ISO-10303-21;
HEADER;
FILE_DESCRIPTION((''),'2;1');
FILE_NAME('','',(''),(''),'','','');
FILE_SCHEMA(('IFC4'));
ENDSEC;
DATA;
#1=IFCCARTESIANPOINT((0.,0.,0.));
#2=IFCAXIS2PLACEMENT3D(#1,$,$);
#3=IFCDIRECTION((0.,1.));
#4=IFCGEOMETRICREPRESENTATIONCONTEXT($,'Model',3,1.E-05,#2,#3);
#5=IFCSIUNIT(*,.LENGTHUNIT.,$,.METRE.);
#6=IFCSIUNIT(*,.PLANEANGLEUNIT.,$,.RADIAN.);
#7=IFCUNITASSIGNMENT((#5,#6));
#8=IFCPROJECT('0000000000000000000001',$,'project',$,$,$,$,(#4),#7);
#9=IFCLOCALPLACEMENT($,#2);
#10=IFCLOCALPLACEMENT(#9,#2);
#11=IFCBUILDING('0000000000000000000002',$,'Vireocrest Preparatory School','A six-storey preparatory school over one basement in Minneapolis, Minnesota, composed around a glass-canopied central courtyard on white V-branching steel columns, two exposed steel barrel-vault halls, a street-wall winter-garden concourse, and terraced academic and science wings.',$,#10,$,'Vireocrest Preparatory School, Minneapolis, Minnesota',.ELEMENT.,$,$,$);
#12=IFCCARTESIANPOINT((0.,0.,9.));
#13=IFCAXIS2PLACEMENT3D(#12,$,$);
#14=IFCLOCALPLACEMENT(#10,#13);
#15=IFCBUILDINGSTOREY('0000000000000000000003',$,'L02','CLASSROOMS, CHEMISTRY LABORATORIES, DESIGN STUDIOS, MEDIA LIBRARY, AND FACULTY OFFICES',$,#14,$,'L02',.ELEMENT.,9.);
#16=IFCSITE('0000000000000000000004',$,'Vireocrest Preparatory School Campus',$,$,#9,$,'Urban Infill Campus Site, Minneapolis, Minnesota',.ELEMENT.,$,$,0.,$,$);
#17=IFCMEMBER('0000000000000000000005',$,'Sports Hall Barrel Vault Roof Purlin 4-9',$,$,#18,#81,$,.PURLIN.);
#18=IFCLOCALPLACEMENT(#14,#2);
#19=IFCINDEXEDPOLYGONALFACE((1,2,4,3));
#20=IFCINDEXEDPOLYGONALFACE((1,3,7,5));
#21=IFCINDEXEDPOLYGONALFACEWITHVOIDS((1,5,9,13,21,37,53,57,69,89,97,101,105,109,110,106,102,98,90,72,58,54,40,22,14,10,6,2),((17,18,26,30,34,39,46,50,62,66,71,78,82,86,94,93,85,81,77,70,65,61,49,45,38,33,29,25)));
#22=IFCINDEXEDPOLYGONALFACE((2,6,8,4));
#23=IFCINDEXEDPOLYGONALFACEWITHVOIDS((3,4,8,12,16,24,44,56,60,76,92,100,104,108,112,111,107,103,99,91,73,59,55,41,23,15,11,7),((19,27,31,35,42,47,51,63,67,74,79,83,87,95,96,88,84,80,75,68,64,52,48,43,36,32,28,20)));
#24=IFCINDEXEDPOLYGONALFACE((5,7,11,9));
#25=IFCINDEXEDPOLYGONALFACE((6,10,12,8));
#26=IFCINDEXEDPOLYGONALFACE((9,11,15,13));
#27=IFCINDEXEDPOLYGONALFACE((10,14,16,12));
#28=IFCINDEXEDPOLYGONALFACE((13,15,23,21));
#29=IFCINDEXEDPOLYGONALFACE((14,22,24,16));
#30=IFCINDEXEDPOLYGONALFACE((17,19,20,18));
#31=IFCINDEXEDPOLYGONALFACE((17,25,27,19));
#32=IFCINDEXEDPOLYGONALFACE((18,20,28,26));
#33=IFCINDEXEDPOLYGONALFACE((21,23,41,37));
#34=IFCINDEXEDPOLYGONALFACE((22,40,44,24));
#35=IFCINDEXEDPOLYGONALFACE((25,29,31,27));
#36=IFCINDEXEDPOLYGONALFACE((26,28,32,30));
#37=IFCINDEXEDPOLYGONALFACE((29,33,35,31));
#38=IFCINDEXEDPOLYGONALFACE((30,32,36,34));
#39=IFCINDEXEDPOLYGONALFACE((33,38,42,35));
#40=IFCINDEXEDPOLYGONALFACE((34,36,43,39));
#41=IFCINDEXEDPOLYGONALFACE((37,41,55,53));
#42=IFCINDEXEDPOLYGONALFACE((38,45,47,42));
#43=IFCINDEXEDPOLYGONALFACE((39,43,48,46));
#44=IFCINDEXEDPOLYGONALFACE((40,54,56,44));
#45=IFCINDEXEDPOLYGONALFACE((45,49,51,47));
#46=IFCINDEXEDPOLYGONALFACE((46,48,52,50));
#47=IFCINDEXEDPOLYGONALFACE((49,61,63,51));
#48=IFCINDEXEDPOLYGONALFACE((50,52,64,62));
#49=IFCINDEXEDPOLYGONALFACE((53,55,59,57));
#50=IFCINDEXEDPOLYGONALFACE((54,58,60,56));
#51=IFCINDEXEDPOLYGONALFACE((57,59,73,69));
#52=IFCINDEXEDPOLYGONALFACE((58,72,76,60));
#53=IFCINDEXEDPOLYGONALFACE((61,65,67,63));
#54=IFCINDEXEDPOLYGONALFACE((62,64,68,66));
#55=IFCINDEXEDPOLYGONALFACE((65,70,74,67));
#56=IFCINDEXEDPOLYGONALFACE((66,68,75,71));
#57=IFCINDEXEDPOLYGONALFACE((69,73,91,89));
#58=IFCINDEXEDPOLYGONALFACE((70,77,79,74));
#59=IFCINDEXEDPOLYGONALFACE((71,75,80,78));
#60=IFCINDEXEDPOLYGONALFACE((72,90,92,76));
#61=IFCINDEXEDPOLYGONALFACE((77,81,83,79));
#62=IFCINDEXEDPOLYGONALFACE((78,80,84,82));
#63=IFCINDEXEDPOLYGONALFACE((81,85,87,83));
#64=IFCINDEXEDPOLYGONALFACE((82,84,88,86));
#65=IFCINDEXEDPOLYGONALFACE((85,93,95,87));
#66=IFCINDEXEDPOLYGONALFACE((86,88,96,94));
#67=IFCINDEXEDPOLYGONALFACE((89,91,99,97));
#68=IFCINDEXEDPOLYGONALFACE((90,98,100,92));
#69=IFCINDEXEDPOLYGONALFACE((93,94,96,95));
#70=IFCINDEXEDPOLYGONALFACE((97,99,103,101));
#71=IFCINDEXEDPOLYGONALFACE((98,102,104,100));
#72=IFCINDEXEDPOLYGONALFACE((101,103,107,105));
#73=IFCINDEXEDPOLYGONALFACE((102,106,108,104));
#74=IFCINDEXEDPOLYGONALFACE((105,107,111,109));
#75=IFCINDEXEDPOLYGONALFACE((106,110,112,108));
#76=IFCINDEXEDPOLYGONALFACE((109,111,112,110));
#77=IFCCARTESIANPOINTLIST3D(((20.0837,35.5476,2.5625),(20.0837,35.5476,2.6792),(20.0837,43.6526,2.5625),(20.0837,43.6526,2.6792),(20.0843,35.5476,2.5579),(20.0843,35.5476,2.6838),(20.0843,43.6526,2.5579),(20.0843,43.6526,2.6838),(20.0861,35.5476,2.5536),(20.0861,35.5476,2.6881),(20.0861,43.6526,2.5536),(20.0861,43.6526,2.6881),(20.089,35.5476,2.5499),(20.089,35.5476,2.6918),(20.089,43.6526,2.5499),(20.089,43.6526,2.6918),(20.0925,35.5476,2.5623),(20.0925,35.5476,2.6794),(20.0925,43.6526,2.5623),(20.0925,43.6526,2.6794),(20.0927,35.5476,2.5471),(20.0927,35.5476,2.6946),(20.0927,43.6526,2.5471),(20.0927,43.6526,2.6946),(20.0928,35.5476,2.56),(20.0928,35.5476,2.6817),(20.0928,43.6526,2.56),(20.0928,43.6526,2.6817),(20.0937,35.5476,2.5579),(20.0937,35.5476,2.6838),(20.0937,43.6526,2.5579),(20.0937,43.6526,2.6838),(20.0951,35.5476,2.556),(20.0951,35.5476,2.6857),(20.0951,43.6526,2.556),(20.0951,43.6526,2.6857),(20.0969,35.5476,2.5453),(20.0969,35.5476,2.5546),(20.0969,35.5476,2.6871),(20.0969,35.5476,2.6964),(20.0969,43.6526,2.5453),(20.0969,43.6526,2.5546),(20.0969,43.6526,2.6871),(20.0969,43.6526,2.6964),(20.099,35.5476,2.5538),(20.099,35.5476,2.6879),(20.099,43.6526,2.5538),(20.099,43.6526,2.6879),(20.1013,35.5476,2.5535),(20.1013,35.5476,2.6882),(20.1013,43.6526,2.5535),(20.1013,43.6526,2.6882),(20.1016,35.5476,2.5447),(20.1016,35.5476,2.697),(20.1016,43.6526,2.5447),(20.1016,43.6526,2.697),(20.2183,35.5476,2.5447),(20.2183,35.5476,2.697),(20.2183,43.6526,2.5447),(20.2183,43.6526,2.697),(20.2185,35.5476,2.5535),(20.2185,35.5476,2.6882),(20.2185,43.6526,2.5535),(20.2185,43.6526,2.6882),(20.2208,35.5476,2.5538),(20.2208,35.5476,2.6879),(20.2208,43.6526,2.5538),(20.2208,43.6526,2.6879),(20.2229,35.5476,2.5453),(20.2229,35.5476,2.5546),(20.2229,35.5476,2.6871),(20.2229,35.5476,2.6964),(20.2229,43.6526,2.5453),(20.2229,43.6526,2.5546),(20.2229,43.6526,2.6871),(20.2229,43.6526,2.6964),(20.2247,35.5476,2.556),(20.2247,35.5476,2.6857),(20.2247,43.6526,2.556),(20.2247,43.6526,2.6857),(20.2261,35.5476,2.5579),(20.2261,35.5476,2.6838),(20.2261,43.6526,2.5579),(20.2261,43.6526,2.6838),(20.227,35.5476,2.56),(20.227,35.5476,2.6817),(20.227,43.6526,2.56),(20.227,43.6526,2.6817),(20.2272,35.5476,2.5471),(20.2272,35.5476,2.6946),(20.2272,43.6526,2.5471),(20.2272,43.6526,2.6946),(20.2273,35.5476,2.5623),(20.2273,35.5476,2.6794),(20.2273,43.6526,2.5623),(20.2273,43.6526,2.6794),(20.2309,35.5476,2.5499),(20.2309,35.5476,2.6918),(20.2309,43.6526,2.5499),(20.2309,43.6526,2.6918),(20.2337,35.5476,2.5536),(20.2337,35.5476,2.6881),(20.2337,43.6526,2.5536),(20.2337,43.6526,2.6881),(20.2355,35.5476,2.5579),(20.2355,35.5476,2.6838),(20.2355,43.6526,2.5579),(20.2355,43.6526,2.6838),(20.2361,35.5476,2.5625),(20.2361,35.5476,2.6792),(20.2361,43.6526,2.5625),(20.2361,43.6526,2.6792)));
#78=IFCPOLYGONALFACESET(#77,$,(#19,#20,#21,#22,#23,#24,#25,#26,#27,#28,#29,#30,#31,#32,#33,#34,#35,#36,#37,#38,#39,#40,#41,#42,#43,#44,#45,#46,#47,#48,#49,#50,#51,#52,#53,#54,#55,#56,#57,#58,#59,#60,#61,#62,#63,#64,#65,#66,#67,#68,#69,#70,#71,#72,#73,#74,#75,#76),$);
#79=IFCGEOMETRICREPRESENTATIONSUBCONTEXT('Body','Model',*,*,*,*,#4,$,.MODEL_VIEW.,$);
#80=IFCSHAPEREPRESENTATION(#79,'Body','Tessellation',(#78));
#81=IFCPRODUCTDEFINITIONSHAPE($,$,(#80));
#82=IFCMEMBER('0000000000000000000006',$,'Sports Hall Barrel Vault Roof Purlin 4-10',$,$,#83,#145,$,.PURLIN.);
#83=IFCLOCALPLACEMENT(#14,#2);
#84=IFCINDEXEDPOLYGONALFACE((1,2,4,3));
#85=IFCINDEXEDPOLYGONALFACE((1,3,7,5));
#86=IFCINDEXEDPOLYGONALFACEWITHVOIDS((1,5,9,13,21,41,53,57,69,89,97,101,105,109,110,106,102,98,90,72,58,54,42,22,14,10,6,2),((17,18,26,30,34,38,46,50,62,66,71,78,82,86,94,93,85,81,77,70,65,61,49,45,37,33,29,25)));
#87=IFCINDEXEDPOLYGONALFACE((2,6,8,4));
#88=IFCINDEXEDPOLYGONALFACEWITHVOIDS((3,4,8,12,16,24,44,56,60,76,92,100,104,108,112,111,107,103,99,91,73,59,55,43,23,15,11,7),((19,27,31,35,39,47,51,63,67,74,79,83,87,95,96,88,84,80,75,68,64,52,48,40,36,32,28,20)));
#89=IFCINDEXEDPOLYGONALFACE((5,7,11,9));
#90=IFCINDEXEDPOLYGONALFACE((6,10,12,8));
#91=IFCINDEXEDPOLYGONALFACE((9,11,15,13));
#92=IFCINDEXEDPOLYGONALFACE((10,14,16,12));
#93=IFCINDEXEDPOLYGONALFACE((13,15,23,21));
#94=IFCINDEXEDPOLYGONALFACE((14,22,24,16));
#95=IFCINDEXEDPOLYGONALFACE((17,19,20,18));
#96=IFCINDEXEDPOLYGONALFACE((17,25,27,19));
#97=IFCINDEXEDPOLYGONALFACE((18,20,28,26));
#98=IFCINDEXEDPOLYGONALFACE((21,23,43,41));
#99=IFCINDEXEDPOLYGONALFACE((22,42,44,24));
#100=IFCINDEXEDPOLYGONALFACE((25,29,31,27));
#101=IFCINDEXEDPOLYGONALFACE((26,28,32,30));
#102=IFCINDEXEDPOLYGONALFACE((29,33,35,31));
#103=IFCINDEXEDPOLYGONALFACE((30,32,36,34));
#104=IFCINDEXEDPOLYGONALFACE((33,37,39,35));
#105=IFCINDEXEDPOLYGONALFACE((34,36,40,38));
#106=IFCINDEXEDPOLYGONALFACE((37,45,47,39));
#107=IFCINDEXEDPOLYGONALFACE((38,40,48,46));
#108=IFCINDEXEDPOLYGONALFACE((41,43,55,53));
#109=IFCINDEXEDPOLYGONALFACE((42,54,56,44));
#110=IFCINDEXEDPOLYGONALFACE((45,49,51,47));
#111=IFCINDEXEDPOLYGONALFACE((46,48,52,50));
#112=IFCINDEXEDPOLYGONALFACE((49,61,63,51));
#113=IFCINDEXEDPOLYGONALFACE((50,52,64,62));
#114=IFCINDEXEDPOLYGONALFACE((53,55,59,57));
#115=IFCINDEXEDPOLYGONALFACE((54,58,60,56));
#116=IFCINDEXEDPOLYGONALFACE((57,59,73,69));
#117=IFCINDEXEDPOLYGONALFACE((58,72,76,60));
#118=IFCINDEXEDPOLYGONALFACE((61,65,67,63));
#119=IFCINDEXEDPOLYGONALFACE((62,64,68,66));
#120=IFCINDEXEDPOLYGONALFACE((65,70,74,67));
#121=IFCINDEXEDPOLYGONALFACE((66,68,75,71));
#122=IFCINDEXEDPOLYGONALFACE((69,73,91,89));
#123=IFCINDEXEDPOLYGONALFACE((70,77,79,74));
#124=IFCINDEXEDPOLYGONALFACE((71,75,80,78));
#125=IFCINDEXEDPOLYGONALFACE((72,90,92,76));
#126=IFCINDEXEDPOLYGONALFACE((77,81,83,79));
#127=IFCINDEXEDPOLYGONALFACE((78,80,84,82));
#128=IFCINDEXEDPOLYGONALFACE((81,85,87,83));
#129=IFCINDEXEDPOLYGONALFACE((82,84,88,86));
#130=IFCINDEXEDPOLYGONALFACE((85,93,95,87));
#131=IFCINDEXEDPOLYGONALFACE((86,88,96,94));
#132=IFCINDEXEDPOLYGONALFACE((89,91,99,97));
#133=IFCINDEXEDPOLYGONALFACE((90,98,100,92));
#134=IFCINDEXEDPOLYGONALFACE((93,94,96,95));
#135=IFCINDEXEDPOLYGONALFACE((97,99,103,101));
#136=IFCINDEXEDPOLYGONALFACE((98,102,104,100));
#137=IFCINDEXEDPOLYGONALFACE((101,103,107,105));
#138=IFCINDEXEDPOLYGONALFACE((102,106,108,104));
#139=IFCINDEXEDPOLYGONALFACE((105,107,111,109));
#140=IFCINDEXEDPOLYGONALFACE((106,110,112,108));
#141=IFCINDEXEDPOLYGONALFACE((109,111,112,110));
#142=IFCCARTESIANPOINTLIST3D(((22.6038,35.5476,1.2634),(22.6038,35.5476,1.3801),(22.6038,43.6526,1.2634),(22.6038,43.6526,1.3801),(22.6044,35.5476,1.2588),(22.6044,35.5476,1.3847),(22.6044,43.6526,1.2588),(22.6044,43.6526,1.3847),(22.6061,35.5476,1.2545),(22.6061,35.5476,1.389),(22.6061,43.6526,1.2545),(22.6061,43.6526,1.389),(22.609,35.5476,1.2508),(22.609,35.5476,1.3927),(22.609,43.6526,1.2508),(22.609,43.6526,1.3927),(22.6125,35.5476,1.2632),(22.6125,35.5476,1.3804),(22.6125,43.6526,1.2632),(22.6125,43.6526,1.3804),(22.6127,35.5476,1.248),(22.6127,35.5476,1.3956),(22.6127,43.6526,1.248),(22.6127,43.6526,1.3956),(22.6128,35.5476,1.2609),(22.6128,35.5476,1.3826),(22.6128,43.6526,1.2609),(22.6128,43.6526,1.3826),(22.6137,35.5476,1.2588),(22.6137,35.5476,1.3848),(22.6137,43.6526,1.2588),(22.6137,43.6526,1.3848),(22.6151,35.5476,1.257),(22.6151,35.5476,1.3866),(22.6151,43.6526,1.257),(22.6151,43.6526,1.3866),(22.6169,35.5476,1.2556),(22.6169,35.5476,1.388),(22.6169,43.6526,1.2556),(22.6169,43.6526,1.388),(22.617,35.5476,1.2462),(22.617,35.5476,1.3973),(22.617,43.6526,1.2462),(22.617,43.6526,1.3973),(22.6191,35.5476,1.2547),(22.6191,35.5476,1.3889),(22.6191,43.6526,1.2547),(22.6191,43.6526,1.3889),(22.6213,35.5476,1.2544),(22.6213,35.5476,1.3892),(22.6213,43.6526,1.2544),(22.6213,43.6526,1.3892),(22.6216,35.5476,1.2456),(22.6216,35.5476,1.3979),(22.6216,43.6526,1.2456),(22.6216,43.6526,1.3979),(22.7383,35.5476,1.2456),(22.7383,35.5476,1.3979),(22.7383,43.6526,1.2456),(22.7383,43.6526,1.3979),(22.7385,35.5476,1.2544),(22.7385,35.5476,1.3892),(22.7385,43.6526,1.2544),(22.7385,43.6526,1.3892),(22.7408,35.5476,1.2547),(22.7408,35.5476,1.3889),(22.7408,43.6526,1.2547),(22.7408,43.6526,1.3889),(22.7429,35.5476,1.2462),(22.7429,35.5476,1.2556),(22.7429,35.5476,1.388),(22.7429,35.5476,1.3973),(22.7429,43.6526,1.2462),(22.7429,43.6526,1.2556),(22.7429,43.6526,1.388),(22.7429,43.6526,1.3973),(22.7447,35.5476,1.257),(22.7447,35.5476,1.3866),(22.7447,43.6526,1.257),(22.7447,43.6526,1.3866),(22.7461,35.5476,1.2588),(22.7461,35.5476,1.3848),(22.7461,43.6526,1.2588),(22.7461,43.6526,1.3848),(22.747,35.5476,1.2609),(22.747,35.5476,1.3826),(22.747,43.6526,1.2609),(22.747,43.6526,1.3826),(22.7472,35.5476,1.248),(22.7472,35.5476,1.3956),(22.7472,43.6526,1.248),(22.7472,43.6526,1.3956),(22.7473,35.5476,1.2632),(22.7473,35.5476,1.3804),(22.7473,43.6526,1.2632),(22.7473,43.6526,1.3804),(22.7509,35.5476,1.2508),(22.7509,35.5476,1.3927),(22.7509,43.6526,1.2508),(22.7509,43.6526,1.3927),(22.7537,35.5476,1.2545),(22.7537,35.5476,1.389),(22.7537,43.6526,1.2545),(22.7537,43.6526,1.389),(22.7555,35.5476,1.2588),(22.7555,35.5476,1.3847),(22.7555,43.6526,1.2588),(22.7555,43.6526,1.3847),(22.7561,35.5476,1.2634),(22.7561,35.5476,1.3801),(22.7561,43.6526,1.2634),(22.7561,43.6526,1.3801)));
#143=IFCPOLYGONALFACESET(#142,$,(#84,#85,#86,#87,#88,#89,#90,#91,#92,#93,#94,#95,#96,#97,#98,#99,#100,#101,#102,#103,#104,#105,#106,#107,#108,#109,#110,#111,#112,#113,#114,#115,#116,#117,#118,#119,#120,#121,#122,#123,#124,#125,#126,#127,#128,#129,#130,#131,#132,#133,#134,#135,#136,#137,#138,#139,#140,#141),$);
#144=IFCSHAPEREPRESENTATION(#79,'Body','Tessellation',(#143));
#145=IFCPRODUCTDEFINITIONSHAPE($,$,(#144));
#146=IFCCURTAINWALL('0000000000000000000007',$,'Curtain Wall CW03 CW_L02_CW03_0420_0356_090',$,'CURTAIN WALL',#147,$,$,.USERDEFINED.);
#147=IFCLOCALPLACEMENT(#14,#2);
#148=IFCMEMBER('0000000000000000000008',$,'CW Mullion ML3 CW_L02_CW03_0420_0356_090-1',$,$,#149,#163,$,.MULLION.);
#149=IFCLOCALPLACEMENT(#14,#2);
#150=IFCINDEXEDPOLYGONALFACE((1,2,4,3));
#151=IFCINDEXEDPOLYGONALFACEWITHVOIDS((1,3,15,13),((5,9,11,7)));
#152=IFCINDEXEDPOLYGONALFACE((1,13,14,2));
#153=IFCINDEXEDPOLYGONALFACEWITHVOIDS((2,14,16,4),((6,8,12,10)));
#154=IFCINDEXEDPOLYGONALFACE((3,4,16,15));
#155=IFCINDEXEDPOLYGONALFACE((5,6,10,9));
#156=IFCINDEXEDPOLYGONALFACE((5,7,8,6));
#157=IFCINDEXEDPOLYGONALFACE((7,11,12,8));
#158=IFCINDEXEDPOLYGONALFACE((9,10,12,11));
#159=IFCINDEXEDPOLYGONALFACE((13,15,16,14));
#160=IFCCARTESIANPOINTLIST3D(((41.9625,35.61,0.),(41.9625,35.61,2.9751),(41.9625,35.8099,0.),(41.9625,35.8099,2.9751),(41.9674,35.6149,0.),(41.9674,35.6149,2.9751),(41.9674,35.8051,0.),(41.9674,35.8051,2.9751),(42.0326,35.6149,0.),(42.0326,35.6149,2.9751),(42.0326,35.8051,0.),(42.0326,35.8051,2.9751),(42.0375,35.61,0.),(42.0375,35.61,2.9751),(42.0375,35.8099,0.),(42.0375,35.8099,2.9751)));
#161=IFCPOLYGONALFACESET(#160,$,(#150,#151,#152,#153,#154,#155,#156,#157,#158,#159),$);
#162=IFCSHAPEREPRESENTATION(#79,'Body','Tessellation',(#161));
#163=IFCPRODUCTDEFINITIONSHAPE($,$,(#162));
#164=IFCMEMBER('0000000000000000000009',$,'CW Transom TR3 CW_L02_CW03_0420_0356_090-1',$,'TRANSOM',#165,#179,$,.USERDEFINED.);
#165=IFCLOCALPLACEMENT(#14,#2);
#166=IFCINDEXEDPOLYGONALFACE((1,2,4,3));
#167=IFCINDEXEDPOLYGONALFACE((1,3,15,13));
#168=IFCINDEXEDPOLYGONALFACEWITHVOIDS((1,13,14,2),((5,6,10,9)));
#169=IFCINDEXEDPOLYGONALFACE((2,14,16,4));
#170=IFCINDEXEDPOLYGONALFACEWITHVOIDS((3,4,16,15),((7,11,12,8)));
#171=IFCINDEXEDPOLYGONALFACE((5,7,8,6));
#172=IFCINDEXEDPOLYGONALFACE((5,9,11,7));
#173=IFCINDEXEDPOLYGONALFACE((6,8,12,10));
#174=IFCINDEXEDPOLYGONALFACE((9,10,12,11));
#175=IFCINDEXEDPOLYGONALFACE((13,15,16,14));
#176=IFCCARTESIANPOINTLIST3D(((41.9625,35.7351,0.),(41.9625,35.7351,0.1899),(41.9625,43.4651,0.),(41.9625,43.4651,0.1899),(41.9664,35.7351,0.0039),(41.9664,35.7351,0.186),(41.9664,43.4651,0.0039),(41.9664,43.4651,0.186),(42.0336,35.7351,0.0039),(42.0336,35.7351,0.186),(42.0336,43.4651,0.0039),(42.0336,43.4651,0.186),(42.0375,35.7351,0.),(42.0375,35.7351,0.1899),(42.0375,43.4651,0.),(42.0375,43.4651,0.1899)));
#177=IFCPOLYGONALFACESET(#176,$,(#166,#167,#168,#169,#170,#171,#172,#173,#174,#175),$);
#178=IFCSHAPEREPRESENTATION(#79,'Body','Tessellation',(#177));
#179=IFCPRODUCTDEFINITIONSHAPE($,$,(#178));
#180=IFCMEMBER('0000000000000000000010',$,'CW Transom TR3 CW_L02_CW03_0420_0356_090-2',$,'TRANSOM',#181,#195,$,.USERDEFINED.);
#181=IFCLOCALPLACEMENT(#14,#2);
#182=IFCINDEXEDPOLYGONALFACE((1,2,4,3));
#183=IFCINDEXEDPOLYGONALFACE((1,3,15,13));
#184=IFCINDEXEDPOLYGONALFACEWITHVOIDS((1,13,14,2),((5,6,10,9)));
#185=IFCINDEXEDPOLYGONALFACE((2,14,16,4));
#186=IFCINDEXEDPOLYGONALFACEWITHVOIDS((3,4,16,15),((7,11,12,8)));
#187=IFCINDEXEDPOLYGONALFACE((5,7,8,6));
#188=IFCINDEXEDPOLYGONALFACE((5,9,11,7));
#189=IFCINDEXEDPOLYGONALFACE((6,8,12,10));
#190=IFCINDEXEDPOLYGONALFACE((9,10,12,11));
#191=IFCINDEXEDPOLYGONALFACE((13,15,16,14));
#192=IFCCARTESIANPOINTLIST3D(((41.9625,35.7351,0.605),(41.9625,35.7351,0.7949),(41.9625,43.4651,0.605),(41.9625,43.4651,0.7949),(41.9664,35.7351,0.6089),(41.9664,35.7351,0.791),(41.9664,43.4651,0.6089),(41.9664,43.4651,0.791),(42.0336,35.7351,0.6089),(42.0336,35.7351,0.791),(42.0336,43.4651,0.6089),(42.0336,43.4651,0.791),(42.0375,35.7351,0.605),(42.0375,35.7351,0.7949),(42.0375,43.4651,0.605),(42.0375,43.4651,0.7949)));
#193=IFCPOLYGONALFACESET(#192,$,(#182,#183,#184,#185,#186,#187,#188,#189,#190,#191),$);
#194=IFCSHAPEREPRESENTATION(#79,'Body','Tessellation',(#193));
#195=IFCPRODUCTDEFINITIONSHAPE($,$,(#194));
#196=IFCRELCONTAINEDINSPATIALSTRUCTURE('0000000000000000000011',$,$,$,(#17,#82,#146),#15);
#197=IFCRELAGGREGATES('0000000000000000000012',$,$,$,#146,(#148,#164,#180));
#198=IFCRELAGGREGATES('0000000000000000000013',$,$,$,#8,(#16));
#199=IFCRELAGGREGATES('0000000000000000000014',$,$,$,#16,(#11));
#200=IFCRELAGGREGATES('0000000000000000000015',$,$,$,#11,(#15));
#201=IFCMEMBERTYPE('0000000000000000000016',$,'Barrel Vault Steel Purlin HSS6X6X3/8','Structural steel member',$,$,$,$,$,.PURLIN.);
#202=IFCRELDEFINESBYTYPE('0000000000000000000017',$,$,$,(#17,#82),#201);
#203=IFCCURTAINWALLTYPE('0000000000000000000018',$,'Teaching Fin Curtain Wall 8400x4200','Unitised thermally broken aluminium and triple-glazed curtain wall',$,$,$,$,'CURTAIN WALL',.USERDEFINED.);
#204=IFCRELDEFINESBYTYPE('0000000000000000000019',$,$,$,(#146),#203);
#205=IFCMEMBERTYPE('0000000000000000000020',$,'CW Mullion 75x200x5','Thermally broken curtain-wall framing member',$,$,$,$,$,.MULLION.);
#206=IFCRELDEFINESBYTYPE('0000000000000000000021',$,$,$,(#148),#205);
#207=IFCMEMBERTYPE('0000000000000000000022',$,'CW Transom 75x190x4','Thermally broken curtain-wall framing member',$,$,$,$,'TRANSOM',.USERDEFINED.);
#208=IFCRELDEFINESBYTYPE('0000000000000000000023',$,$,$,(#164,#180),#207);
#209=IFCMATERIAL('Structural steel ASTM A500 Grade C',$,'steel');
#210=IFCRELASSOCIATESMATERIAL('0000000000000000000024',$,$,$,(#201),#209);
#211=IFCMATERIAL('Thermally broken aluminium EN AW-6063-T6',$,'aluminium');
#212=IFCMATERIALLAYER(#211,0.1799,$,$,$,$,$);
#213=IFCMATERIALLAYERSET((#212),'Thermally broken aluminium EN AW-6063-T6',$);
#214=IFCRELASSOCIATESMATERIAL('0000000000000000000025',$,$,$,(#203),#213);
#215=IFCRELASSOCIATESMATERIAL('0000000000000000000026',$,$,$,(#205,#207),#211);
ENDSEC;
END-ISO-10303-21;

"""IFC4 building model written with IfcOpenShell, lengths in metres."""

from ifc_helpers import new_model, si_unit, direction, frame, origin, origin_2d, place, context, subcontext, project, spatial, hollow_rectangle, extrude, material, layer, layer_set, material_profile, profile_set, type_object, element, aggregate, save


model = new_model("IFC4")

# Units and contexts
model_context = context("Model", 3, precision=1e-05, world=origin(), true_north=direction((0.0, 1.0)))
body_context = subcontext(model_context, "Body", "Model", "MODEL_VIEW")
ifc_project = project(units=[si_unit("LENGTHUNIT", "METRE"), si_unit("PLANEANGLEUNIT", "RADIAN")], contexts=[model_context])

# Site, building, storey
site_placement = place(None, origin())
site = spatial("IfcSite", under=ifc_project, at=site_placement, Name="Vireocrest Preparatory School Campus", LongName="Urban Infill Campus Site, Minneapolis, Minnesota", CompositionType="ELEMENT", RefElevation=0.0)
building_placement = place(site_placement, origin())
building = spatial("IfcBuilding", under=site, at=building_placement, Name="Vireocrest Preparatory School", Description="A six-storey preparatory school over one basement in Minneapolis, Minnesota, composed around a glass-canopied central courtyard on white V-branching steel columns, two exposed steel barrel-vault halls, a street-wall winter-garden concourse, and terraced academic and science wings.", LongName="Vireocrest Preparatory School, Minneapolis, Minnesota", CompositionType="ELEMENT")
storey_placement = place(building_placement, frame((0.0, 0.0, 9.0)))
storey = spatial("IfcBuildingStorey", under=building, at=storey_placement, Name="L02", Description="CLASSROOMS, CHEMISTRY LABORATORIES, DESIGN STUDIOS, MEDIA LIBRARY, AND FACULTY OFFICES", LongName="L02", CompositionType="ELEMENT", Elevation=9.0)

# Members
ifc_material_1 = material(Name="Structural steel ASTM A500 Grade C", Category="steel")
ifc_material_profile_1 = material_profile(ifc_material_1, hollow_rectangle(XDim=0.1523, YDim=0.1523, WallThickness=0.0088, InnerFilletRadius=0.0088, OuterFilletRadius=0.0178, at=origin_2d()), Name="HSS6X6X3/8")
ifc_profile_set_1 = profile_set([ifc_material_profile_1], Name="Structural steel ASTM A500 Grade C")
member_type_1 = type_object("IfcMemberType", Name="Barrel Vault Steel Purlin HSS6X6X3/8", Description="Structural steel member", PredefinedType="PURLIN", material=ifc_profile_set_1)
for number, where, z_axis, x_axis, name in (
    (1, (20.1599, 35.5476, 2.6208), (0.0, 1.0, 0.0), (-1.0, 0.0, 0.0), "Sports Hall Barrel Vault Roof Purlin 4-9"),
    (2, (22.6799, 35.5476, 1.3218), (0.0, 1.0, 0.0), (-1.0, 0.0, 0.0), "Sports Hall Barrel Vault Roof Purlin 4-10"),
):
    element("IfcMember", number, at=place(storey_placement, frame(where, z_axis=z_axis, x_axis=x_axis)), inside=storey, type_object=member_type_1, Name=name, PredefinedType="PURLIN", context=body_context, shape_type="SweptSolid", body=[
        extrude(hollow_rectangle(XDim=0.1523, YDim=0.1523, WallThickness=0.0088, InnerFilletRadius=0.0088, OuterFilletRadius=0.0178, at=origin_2d()), origin(), (0.0, 0.0, 1.0), 8.105),
    ])

# Curtain wall, members
ifc_material_2 = material(Name="Thermally broken aluminium EN AW-6063-T6", Category="aluminium")
ifc_layer_1 = layer(ifc_material_2, 0.1799)
ifc_layer_set_1 = layer_set([ifc_layer_1], Name="Thermally broken aluminium EN AW-6063-T6")
curtain_wall_type = type_object("IfcCurtainWallType", Name="Teaching Fin Curtain Wall 8400x4200", Description="Unitised thermally broken aluminium and triple-glazed curtain wall", ElementType="CURTAIN WALL", PredefinedType="USERDEFINED", material=ifc_layer_set_1)
curtain_wall_placement = place(storey_placement, origin())
curtain_wall = element("IfcCurtainWall", 3, at=curtain_wall_placement, inside=storey, type_object=curtain_wall_type, Name="Curtain Wall CW03 CW_L02_CW03_0420_0356_090", ObjectType="CURTAIN WALL", PredefinedType="USERDEFINED")
ifc_material_profile_2 = material_profile(ifc_material_2, hollow_rectangle(XDim=0.075, YDim=0.2, WallThickness=0.0049, at=origin_2d()), Name="ALU 75x200x5")
ifc_profile_set_2 = profile_set([ifc_material_profile_2], Name="Thermally broken aluminium EN AW-6063-T6")
member_type_2 = type_object("IfcMemberType", Name="CW Mullion 75x200x5", Description="Thermally broken curtain-wall framing member", PredefinedType="MULLION", material=ifc_profile_set_2)
member_1_placement = place(storey_placement, frame((42.0, 35.71, 0.0), z_axis=(0.0, 0.0, 1.0), x_axis=(1.0, 0.0, 0.0)))
member_1 = element("IfcMember", 4, at=member_1_placement, type_object=member_type_2, Name="CW Mullion ML3 CW_L02_CW03_0420_0356_090-1", PredefinedType="MULLION", context=body_context, shape_type="SweptSolid", body=[
    extrude(hollow_rectangle(XDim=0.075, YDim=0.2, WallThickness=0.0049, at=origin_2d()), origin(), (0.0, 0.0, 1.0), 2.9751),
])
ifc_material_profile_3 = material_profile(ifc_material_2, hollow_rectangle(XDim=0.075, YDim=0.1899, WallThickness=0.0039, at=origin_2d()), Name="ALU 75x190x4")
ifc_profile_set_3 = profile_set([ifc_material_profile_3], Name="Thermally broken aluminium EN AW-6063-T6")
member_type_3 = type_object("IfcMemberType", Name="CW Transom 75x190x4", Description="Thermally broken curtain-wall framing member", ElementType="TRANSOM", PredefinedType="USERDEFINED", material=ifc_profile_set_3)
member_2_placement = place(storey_placement, frame((42.0, 35.7351, 0.095), z_axis=(0.0, 1.0, 0.0), x_axis=(-1.0, 0.0, 0.0)))
member_2 = element("IfcMember", 5, at=member_2_placement, type_object=member_type_3, Name="CW Transom TR3 CW_L02_CW03_0420_0356_090-1", ObjectType="TRANSOM", PredefinedType="USERDEFINED", context=body_context, shape_type="SweptSolid", body=[
    extrude(hollow_rectangle(XDim=0.075, YDim=0.1899, WallThickness=0.0039, at=origin_2d()), origin(), (0.0, 0.0, 1.0), 7.73),
])
member_3_placement = place(storey_placement, frame((42.0, 35.7351, 0.7), z_axis=(0.0, 1.0, 0.0), x_axis=(-1.0, 0.0, 0.0)))
member_3 = element("IfcMember", 6, at=member_3_placement, type_object=member_type_3, Name="CW Transom TR3 CW_L02_CW03_0420_0356_090-2", ObjectType="TRANSOM", PredefinedType="USERDEFINED", context=body_context, shape_type="SweptSolid", body=[
    extrude(hollow_rectangle(XDim=0.075, YDim=0.1899, WallThickness=0.0039, at=origin_2d()), origin(), (0.0, 0.0, 1.0), 7.73),
])
aggregate(curtain_wall, [member_1, member_2, member_3])

save(model, "model.ifc")
